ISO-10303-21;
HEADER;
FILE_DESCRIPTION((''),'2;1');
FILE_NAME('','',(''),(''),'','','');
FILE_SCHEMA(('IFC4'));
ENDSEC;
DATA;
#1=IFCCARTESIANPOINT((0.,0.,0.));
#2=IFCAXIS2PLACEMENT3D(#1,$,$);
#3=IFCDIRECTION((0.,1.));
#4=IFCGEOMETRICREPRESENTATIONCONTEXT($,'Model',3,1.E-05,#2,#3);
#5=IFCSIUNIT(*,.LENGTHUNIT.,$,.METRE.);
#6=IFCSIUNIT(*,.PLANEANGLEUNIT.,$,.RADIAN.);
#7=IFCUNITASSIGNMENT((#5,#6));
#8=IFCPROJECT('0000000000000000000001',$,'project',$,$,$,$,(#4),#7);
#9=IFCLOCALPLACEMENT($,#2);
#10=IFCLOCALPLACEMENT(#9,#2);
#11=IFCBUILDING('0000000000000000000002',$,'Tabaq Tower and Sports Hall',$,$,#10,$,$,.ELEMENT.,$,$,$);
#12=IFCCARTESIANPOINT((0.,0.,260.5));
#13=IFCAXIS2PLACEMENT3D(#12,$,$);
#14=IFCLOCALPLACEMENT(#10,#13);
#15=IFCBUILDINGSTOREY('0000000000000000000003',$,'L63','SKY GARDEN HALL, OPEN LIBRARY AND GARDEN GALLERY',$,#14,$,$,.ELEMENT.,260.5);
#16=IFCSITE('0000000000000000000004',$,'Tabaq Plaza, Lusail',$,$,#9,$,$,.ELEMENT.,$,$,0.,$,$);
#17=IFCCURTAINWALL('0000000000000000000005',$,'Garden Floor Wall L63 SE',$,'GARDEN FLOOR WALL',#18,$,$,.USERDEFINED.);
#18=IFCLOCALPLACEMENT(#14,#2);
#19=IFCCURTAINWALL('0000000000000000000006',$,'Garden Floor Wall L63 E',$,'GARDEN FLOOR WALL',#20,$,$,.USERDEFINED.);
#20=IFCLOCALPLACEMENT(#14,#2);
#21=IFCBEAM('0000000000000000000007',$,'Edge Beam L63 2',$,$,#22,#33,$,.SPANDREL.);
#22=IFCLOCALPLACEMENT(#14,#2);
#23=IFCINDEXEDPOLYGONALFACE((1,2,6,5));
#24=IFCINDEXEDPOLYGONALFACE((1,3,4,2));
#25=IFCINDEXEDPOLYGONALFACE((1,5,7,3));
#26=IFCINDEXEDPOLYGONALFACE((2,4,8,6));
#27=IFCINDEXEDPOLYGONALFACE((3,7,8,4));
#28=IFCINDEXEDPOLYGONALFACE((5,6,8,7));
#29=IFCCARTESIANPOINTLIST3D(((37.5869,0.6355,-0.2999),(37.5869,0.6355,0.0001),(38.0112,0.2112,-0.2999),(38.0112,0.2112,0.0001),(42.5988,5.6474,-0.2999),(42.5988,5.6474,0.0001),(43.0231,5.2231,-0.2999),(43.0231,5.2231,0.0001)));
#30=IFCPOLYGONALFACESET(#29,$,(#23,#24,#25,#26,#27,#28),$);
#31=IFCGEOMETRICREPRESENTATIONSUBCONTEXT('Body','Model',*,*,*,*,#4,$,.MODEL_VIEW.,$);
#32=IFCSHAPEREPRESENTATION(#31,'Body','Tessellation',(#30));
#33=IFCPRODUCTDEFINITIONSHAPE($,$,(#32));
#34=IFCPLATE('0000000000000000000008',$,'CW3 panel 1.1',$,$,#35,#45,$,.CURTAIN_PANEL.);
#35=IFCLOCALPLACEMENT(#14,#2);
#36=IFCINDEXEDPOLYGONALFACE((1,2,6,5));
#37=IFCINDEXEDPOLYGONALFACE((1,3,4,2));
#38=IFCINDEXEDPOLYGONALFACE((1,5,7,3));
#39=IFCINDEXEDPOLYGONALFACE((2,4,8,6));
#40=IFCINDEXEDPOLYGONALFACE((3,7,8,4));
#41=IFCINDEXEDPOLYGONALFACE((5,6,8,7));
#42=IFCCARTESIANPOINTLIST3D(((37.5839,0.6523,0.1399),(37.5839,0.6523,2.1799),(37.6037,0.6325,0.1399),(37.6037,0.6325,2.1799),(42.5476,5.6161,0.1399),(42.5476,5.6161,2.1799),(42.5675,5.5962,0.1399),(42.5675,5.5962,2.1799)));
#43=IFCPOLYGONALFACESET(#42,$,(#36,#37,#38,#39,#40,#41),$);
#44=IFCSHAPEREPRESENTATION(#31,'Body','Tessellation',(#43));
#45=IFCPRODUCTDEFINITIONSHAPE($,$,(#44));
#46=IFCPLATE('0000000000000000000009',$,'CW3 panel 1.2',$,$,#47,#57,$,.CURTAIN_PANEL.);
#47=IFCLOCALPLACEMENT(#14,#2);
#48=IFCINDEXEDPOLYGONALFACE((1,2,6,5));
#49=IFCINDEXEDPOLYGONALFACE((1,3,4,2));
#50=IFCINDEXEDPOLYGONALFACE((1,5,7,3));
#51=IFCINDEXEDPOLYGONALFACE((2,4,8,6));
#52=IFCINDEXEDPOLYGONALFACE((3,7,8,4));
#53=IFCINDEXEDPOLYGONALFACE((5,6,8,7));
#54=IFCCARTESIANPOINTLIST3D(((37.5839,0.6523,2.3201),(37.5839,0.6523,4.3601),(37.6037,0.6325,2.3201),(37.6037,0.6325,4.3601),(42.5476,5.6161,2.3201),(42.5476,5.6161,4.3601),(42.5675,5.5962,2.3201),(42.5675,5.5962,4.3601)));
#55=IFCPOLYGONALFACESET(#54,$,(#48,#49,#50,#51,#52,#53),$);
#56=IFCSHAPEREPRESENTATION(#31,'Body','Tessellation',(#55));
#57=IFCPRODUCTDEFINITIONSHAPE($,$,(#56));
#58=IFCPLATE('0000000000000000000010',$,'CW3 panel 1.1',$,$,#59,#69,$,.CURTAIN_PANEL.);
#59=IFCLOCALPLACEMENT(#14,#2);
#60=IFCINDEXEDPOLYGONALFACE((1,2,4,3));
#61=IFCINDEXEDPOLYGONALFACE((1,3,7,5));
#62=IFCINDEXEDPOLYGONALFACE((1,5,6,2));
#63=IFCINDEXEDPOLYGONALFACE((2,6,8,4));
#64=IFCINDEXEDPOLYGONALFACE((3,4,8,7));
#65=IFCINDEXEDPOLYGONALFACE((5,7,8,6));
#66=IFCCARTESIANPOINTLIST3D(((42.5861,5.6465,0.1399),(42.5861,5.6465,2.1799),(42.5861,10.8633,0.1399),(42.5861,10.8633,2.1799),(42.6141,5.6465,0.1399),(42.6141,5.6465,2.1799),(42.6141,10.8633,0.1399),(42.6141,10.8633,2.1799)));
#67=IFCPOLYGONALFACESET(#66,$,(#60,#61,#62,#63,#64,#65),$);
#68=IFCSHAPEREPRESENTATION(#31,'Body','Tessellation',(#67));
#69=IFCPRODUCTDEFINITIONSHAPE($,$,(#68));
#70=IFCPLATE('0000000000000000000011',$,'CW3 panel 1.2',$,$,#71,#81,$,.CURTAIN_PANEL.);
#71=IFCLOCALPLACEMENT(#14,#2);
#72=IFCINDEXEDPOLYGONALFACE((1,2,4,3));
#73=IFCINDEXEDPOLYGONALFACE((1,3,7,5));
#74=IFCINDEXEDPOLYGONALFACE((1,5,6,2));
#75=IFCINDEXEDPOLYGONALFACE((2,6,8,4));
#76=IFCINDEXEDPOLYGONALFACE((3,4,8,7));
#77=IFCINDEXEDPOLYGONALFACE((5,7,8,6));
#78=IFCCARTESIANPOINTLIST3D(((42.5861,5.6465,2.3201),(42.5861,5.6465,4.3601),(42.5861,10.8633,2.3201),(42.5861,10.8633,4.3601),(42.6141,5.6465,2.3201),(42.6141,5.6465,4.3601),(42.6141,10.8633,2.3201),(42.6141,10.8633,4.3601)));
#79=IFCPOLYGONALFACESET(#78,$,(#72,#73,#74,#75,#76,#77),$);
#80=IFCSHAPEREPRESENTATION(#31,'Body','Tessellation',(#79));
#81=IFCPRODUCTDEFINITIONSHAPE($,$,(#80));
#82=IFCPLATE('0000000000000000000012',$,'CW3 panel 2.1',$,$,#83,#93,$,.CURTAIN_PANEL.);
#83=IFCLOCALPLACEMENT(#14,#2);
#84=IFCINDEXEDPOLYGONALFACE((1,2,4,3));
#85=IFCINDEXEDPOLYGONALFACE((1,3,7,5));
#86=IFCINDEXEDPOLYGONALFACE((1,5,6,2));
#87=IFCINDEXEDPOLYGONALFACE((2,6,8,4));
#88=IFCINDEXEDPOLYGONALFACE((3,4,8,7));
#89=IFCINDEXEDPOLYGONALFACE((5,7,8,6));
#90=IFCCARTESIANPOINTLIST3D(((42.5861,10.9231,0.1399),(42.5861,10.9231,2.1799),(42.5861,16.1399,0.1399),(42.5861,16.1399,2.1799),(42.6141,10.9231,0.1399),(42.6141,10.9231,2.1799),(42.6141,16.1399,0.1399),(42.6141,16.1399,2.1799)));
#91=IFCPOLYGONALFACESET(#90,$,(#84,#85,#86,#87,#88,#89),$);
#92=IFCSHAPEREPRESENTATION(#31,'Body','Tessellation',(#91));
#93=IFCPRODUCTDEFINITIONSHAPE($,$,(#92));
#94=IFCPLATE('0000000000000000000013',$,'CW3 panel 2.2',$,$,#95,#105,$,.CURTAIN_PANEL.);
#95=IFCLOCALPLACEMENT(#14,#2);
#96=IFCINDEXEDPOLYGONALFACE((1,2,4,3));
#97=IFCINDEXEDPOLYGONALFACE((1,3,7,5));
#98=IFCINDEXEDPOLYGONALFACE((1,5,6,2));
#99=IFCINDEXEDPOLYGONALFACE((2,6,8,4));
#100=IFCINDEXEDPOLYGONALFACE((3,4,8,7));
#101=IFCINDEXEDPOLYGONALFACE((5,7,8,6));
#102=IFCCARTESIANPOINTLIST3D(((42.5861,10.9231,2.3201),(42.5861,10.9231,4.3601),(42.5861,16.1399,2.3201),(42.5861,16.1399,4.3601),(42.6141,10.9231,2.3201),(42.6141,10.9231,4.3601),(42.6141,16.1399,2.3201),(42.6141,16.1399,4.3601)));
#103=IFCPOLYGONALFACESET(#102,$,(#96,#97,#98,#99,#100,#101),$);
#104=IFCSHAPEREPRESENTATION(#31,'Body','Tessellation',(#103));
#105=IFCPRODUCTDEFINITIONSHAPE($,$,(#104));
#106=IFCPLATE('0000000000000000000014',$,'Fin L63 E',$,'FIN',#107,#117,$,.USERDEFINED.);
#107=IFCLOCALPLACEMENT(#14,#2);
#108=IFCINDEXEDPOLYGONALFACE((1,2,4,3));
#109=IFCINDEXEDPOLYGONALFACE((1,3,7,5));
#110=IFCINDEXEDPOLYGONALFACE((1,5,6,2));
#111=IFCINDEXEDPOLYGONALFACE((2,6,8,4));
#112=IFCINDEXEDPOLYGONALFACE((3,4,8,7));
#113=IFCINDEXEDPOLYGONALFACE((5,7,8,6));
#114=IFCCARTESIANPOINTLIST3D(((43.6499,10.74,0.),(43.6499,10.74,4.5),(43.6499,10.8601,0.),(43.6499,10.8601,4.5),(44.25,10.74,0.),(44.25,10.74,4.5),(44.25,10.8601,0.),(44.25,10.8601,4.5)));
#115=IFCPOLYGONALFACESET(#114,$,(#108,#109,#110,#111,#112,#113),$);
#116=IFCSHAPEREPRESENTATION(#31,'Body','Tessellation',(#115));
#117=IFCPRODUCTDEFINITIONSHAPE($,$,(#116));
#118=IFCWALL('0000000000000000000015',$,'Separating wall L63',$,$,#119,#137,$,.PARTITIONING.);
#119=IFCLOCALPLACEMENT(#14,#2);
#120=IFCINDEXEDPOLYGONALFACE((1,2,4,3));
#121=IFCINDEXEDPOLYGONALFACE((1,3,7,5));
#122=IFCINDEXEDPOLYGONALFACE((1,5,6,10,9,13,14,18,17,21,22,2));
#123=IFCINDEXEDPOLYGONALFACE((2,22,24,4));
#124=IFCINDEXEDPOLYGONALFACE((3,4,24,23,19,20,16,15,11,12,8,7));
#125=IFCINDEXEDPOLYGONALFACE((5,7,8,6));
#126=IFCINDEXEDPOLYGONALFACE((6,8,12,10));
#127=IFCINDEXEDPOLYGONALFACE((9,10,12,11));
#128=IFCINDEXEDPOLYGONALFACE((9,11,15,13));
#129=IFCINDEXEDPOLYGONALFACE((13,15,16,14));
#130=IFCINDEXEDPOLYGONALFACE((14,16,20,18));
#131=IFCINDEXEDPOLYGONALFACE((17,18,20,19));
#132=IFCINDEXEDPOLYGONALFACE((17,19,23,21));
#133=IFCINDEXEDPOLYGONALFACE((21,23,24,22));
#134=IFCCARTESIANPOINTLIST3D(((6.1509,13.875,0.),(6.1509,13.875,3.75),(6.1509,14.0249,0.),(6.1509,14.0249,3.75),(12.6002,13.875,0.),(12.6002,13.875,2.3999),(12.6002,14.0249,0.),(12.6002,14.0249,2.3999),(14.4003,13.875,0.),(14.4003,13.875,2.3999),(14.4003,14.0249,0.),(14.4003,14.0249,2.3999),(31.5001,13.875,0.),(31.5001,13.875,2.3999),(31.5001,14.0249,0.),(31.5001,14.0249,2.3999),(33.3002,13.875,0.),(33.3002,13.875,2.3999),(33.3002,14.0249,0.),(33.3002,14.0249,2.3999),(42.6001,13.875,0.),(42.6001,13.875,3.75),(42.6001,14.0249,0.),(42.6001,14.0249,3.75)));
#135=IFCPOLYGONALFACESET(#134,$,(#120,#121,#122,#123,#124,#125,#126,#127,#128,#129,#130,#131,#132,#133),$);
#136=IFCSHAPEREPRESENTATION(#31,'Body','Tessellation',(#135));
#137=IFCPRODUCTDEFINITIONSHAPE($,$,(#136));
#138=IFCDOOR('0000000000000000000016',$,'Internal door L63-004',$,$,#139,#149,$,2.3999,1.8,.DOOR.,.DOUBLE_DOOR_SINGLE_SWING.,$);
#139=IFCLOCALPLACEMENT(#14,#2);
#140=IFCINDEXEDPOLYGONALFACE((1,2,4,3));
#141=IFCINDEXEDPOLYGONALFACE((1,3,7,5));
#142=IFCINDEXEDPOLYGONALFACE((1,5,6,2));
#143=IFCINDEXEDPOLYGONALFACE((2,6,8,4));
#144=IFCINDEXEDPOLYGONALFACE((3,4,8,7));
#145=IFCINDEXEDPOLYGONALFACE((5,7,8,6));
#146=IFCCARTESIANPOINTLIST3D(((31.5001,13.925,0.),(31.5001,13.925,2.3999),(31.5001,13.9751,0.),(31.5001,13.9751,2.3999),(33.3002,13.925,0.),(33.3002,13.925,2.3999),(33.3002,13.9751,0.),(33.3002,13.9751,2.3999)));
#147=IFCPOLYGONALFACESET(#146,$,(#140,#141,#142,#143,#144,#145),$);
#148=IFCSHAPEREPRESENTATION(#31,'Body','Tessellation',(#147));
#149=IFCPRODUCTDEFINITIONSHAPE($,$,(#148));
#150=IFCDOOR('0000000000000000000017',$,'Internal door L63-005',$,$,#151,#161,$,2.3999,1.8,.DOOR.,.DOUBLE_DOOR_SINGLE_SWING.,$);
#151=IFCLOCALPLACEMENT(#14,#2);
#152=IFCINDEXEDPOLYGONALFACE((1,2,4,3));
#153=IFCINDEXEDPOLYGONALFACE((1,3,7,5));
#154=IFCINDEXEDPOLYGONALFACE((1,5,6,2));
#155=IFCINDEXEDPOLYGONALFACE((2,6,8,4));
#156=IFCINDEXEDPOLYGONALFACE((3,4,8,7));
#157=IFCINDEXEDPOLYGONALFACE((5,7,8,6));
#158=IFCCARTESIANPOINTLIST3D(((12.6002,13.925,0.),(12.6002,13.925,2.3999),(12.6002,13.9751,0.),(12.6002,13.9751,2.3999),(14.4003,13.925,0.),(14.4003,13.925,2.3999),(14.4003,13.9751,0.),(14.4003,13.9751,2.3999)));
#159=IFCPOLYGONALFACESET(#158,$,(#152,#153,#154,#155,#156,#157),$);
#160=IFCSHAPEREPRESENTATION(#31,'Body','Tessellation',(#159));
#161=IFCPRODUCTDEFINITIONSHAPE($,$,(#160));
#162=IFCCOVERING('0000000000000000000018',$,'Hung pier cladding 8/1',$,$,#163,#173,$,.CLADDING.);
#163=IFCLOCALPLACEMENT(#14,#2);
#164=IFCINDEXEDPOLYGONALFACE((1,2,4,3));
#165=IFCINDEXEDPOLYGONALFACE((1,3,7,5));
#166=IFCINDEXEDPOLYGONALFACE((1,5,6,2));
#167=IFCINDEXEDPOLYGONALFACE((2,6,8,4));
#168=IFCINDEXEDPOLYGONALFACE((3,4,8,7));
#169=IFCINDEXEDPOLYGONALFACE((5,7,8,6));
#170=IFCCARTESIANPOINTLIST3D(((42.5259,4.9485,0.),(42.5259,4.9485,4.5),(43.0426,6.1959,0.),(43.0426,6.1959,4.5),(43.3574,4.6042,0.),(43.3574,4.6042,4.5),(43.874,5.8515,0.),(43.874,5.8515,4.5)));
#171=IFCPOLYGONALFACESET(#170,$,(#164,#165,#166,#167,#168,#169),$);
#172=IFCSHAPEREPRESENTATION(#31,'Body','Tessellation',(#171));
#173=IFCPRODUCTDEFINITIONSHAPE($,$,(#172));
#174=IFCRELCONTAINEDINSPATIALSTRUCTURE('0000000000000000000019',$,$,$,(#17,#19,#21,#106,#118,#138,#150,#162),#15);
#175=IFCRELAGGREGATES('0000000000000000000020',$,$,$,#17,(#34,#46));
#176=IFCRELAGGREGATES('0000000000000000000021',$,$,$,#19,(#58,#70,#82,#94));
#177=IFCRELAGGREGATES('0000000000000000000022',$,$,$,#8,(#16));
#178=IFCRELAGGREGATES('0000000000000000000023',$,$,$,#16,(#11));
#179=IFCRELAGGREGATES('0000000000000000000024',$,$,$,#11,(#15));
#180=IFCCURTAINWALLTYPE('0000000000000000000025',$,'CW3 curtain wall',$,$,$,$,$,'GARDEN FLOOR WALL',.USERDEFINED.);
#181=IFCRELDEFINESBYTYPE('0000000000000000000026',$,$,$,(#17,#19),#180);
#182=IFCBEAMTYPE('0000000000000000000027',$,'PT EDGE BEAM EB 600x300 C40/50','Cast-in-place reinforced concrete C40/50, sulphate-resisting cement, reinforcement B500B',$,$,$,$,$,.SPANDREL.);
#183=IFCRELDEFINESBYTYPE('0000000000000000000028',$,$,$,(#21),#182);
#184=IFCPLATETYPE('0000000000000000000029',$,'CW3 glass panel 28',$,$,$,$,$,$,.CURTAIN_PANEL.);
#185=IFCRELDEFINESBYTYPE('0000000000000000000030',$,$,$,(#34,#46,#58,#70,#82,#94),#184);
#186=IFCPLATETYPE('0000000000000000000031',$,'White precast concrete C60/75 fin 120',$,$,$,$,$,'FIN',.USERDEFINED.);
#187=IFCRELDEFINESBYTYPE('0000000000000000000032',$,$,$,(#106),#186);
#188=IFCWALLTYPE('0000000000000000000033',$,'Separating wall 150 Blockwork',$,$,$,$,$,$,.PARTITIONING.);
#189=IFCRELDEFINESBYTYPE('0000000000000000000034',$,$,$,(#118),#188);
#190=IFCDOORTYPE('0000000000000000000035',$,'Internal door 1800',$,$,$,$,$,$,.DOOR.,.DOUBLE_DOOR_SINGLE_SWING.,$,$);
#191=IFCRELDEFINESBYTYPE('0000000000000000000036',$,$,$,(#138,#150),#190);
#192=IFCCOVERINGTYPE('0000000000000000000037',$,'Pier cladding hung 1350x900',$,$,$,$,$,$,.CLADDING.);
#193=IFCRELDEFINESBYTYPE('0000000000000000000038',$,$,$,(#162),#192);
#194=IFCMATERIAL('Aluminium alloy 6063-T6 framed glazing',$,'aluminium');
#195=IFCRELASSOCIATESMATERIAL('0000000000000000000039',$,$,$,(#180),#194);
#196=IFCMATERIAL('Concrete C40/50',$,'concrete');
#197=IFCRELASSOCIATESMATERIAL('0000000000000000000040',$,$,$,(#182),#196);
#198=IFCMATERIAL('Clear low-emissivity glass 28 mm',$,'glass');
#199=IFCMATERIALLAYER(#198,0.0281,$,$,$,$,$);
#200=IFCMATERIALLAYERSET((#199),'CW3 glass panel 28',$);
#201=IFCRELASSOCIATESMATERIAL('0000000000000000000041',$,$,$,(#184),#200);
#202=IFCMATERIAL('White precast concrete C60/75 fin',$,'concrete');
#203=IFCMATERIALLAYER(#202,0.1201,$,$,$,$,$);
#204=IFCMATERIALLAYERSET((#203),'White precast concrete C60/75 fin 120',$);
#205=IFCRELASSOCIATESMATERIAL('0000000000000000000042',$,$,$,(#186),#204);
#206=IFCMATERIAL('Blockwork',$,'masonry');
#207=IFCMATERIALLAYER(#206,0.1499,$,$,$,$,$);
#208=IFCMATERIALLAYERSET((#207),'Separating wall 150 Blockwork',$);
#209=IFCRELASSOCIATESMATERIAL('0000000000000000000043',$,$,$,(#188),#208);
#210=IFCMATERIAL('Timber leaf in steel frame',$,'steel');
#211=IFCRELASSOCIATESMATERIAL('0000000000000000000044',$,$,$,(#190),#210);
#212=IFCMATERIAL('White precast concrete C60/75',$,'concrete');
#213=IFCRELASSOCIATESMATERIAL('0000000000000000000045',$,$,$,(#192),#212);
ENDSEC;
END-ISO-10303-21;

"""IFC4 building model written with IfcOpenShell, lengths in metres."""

from ifc_helpers import new_model, si_unit, direction, frame, frame_2d, origin, origin_2d, place, context, subcontext, project, spatial, rectangle, extrude, material, layer, layer_set, material_profile, profile_set, type_object, element, fill, aggregate, save


model = new_model("IFC4")

# Units and contexts
model_context = context("Model", 3, precision=1e-05, world=origin(), true_north=direction((0.0, 1.0)))
body_context = subcontext(model_context, "Body", "Model", "MODEL_VIEW")
ifc_project = project(units=[si_unit("LENGTHUNIT", "METRE"), si_unit("PLANEANGLEUNIT", "RADIAN")], contexts=[model_context])

# Site, building, storey
site_placement = place(None, origin())
site = spatial("IfcSite", under=ifc_project, at=site_placement, Name="Tabaq Plaza, Lusail", CompositionType="ELEMENT", RefElevation=0.0)
building_placement = place(site_placement, origin())
building = spatial("IfcBuilding", under=site, at=building_placement, Name="Tabaq Tower and Sports Hall", CompositionType="ELEMENT")
storey_placement = place(building_placement, frame((0.0, 0.0, 260.5)))
storey = spatial("IfcBuildingStorey", under=building, at=storey_placement, Name="L63", Description="SKY GARDEN HALL, OPEN LIBRARY AND GARDEN GALLERY", CompositionType="ELEMENT", Elevation=260.5)

# Curtain wall
ifc_material_1 = material(Name="Aluminium alloy 6063-T6 framed glazing", Category="aluminium")
curtain_wall_type = type_object("IfcCurtainWallType", Name="CW3 curtain wall", ElementType="GARDEN FLOOR WALL", PredefinedType="USERDEFINED", material=ifc_material_1)
curtain_wall_1_placement = place(storey_placement, origin())
curtain_wall_1 = element("IfcCurtainWall", 1, at=curtain_wall_1_placement, inside=storey, type_object=curtain_wall_type, Name="Garden Floor Wall L63 SE", ObjectType="GARDEN FLOOR WALL", PredefinedType="USERDEFINED")

# Curtain wall
curtain_wall_2_placement = place(storey_placement, origin())
curtain_wall_2 = element("IfcCurtainWall", 2, at=curtain_wall_2_placement, inside=storey, type_object=curtain_wall_type, Name="Garden Floor Wall L63 E", ObjectType="GARDEN FLOOR WALL", PredefinedType="USERDEFINED")

# Beam
ifc_material_2 = material(Name="Concrete C40/50", Category="concrete")
ifc_material_profile_1 = material_profile(ifc_material_2, rectangle(XDim=0.6001, YDim=0.3, at=origin_2d()), Name="EB 600x300")
ifc_profile_set_1 = profile_set([ifc_material_profile_1], Name="Concrete C40/50")
beam_type = type_object("IfcBeamType", Name="PT EDGE BEAM EB 600x300 C40/50", Description="Cast-in-place reinforced concrete C40/50, sulphate-resisting cement, reinforcement B500B", PredefinedType="SPANDREL", material=ifc_profile_set_1)
beam_placement = place(storey_placement, frame((37.7991, 0.4233, -0.1499), z_axis=(0.707107, 0.707107, 0.0), x_axis=(-0.707107, 0.707107, 0.0)))
element("IfcBeam", 3, at=beam_placement, inside=storey, type_object=beam_type, Name="Edge Beam L63 2", PredefinedType="SPANDREL", context=body_context, shape_type="SweptSolid", body=[
    extrude(rectangle(XDim=0.6001, YDim=0.3, at=origin_2d()), origin(), (0.0, 0.0, 1.0), 7.0879),
])

# Plates
ifc_material_3 = material(Name="Clear low-emissivity glass 28 mm", Category="glass")
ifc_layer_1 = layer(ifc_material_3, 0.0281)
ifc_layer_set_1 = layer_set([ifc_layer_1], Name="CW3 glass panel 28")
plate_type_1 = type_object("IfcPlateType", Name="CW3 glass panel 28", PredefinedType="CURTAIN_PANEL", material=ifc_layer_set_1)
plate_1_placement = place(storey_placement, frame((40.0757, 3.1243, 0.1399), z_axis=(0.0, 0.0, 1.0), x_axis=(0.707107, 0.707107, 0.0)))
plate_1 = element("IfcPlate", 4, at=plate_1_placement, type_object=plate_type_1, Name="CW3 panel 1.1", PredefinedType="CURTAIN_PANEL", context=body_context, shape_type="SweptSolid", body=[
    extrude(rectangle(XDim=7.0198, YDim=0.0281, at=origin_2d()), origin(), (0.0, 0.0, 1.0), 2.04),
])
plate_2_placement = place(storey_placement, frame((40.0757, 3.1243, 2.3201), z_axis=(0.0, 0.0, 1.0), x_axis=(0.707107, 0.707107, 0.0)))
plate_2 = element("IfcPlate", 5, at=plate_2_placement, type_object=plate_type_1, Name="CW3 panel 1.2", PredefinedType="CURTAIN_PANEL", context=body_context, shape_type="SweptSolid", body=[
    extrude(rectangle(XDim=7.0198, YDim=0.0281, at=origin_2d()), origin(), (0.0, 0.0, 1.0), 2.04),
])
aggregate(curtain_wall_1, [plate_1, plate_2])
plate_3_placement = place(storey_placement, frame((42.6001, 8.2549, 0.1399), z_axis=(0.0, 0.0, 1.0), x_axis=(0.0, 1.0, 0.0)))
plate_3 = element("IfcPlate", 6, at=plate_3_placement, type_object=plate_type_1, Name="CW3 panel 1.1", PredefinedType="CURTAIN_PANEL", context=body_context, shape_type="SweptSolid", body=[
    extrude(rectangle(XDim=5.2168, YDim=0.0281, at=origin_2d()), origin(), (0.0, 0.0, 1.0), 2.04),
])
plate_4_placement = place(storey_placement, frame((42.6001, 8.2549, 2.3201), z_axis=(0.0, 0.0, 1.0), x_axis=(0.0, 1.0, 0.0)))
plate_4 = element("IfcPlate", 7, at=plate_4_placement, type_object=plate_type_1, Name="CW3 panel 1.2", PredefinedType="CURTAIN_PANEL", context=body_context, shape_type="SweptSolid", body=[
    extrude(rectangle(XDim=5.2168, YDim=0.0281, at=origin_2d()), origin(), (0.0, 0.0, 1.0), 2.04),
])
plate_5_placement = place(storey_placement, frame((42.6001, 13.5315, 0.1399), z_axis=(0.0, 0.0, 1.0), x_axis=(0.0, 1.0, 0.0)))
plate_5 = element("IfcPlate", 8, at=plate_5_placement, type_object=plate_type_1, Name="CW3 panel 2.1", PredefinedType="CURTAIN_PANEL", context=body_context, shape_type="SweptSolid", body=[
    extrude(rectangle(XDim=5.2168, YDim=0.0281, at=origin_2d()), origin(), (0.0, 0.0, 1.0), 2.04),
])
plate_6_placement = place(storey_placement, frame((42.6001, 13.5315, 2.3201), z_axis=(0.0, 0.0, 1.0), x_axis=(0.0, 1.0, 0.0)))
plate_6 = element("IfcPlate", 9, at=plate_6_placement, type_object=plate_type_1, Name="CW3 panel 2.2", PredefinedType="CURTAIN_PANEL", context=body_context, shape_type="SweptSolid", body=[
    extrude(rectangle(XDim=5.2168, YDim=0.0281, at=origin_2d()), origin(), (0.0, 0.0, 1.0), 2.04),
])
aggregate(curtain_wall_2, [plate_3, plate_4, plate_5, plate_6])
ifc_material_4 = material(Name="White precast concrete C60/75 fin", Category="concrete")
ifc_layer_2 = layer(ifc_material_4, 0.1201)
ifc_layer_set_2 = layer_set([ifc_layer_2], Name="White precast concrete C60/75 fin 120")
plate_type_2 = type_object("IfcPlateType", Name="White precast concrete C60/75 fin 120", ElementType="FIN", PredefinedType="USERDEFINED", material=ifc_layer_set_2)
plate_7_placement = place(storey_placement, frame((43.95, 10.8, 0.0), z_axis=(0.0, 0.0, 1.0), x_axis=(0.0, 1.0, 0.0)))
element("IfcPlate", 10, at=plate_7_placement, inside=storey, type_object=plate_type_2, Name="Fin L63 E", ObjectType="FIN", PredefinedType="USERDEFINED", context=body_context, shape_type="SweptSolid", body=[
    extrude(rectangle(XDim=0.1201, YDim=0.6001, at=origin_2d()), origin(), (0.0, 0.0, 1.0), 4.5),
])

# Wall, openings, doors
ifc_material_5 = material(Name="Blockwork", Category="masonry")
ifc_layer_3 = layer(ifc_material_5, 0.1499)
ifc_layer_set_3 = layer_set([ifc_layer_3], Name="Separating wall 150 Blockwork")
wall_type = type_object("IfcWallType", Name="Separating wall 150 Blockwork", PredefinedType="PARTITIONING", material=ifc_layer_set_3)
wall_placement = place(storey_placement, frame((42.6001, 13.95, 0.0), z_axis=(0.0, 0.0, 1.0), x_axis=(-1.0, 0.0, 0.0)))
wall = element("IfcWall", 11, at=wall_placement, inside=storey, type_object=wall_type, Name="Separating wall L63", PredefinedType="PARTITIONING", context=body_context, shape_type="SweptSolid", body=[
    extrude(rectangle(XDim=36.4492, YDim=0.1499, at=frame_2d((18.2246, 0.0))), origin(), (0.0, 0.0, 1.0), 3.75),
])
opening_1_placement = place(wall_placement, frame((9.3, 0.0, 0.0)))
opening_1 = element("IfcOpeningElement", 12, at=opening_1_placement, cuts=wall, PredefinedType="OPENING", context=body_context, shape_type="SweptSolid", body=[
    extrude(rectangle(XDim=1.8, YDim=2.3999, at=frame_2d((0.8999, 1.2))), frame((0.0, 0.075, 0.0), z_axis=(0.0, -1.0, 0.0), x_axis=(1.0, 0.0, 0.0)), (0.0, 0.0, 1.0), 0.1499),
])
opening_2_placement = place(wall_placement, frame((28.2, 0.0, 0.0)))
opening_2 = element("IfcOpeningElement", 13, at=opening_2_placement, cuts=wall, PredefinedType="OPENING", context=body_context, shape_type="SweptSolid", body=[
    extrude(rectangle(XDim=1.8, YDim=2.3999, at=frame_2d((0.8999, 1.2))), frame((0.0, 0.075, 0.0), z_axis=(0.0, -1.0, 0.0), x_axis=(1.0, 0.0, 0.0)), (0.0, 0.0, 1.0), 0.1499),
])
ifc_material_6 = material(Name="Timber leaf in steel frame", Category="steel")
door_type = type_object("IfcDoorType", Name="Internal door 1800", OperationType="DOUBLE_DOOR_SINGLE_SWING", PredefinedType="DOOR", material=ifc_material_6)
door_1_placement = place(opening_1_placement, origin())
door_1 = element("IfcDoor", 14, at=door_1_placement, inside=storey, type_object=door_type, Name="Internal door L63-004", OperationType="DOUBLE_DOOR_SINGLE_SWING", OverallHeight=2.3999, OverallWidth=1.8, PredefinedType="DOOR", context=body_context, shape_type="SweptSolid", body=[
    extrude(rectangle(XDim=1.8, YDim=2.3999, at=frame_2d((0.8999, 1.2))), frame((0.0, 0.0249, 0.0), z_axis=(0.0, -1.0, 0.0), x_axis=(1.0, 0.0, 0.0)), (0.0, 0.0, 1.0), 0.05),
])
fill(opening_1, door_1)
door_2_placement = place(opening_2_placement, origin())
door_2 = element("IfcDoor", 15, at=door_2_placement, inside=storey, type_object=door_type, Name="Internal door L63-005", OperationType="DOUBLE_DOOR_SINGLE_SWING", OverallHeight=2.3999, OverallWidth=1.8, PredefinedType="DOOR", context=body_context, shape_type="SweptSolid", body=[
    extrude(rectangle(XDim=1.8, YDim=2.3999, at=frame_2d((0.8999, 1.2))), frame((0.0, 0.0249, 0.0), z_axis=(0.0, -1.0, 0.0), x_axis=(1.0, 0.0, 0.0)), (0.0, 0.0, 1.0), 0.05),
])
fill(opening_2, door_2)

# Covering
ifc_material_7 = material(Name="White precast concrete C60/75", Category="concrete")
covering_type = type_object("IfcCoveringType", Name="Pier cladding hung 1350x900", PredefinedType="CLADDING", material=ifc_material_7)
covering_placement = place(storey_placement, frame((42.9417, 4.7764, 0.0), z_axis=(0.0, 0.0, 1.0), x_axis=(0.38265, 0.923893, 0.0)))
element("IfcCovering", 16, at=covering_placement, inside=storey, type_object=covering_type, Name="Hung pier cladding 8/1", PredefinedType="CLADDING", context=body_context, shape_type="SweptSolid", body=[
    extrude(rectangle(XDim=1.3501, YDim=0.8999, at=frame_2d((0.675, 0.0))), origin(), (0.0, 0.0, 1.0), 4.5),
])

save(model, "model.ifc")
